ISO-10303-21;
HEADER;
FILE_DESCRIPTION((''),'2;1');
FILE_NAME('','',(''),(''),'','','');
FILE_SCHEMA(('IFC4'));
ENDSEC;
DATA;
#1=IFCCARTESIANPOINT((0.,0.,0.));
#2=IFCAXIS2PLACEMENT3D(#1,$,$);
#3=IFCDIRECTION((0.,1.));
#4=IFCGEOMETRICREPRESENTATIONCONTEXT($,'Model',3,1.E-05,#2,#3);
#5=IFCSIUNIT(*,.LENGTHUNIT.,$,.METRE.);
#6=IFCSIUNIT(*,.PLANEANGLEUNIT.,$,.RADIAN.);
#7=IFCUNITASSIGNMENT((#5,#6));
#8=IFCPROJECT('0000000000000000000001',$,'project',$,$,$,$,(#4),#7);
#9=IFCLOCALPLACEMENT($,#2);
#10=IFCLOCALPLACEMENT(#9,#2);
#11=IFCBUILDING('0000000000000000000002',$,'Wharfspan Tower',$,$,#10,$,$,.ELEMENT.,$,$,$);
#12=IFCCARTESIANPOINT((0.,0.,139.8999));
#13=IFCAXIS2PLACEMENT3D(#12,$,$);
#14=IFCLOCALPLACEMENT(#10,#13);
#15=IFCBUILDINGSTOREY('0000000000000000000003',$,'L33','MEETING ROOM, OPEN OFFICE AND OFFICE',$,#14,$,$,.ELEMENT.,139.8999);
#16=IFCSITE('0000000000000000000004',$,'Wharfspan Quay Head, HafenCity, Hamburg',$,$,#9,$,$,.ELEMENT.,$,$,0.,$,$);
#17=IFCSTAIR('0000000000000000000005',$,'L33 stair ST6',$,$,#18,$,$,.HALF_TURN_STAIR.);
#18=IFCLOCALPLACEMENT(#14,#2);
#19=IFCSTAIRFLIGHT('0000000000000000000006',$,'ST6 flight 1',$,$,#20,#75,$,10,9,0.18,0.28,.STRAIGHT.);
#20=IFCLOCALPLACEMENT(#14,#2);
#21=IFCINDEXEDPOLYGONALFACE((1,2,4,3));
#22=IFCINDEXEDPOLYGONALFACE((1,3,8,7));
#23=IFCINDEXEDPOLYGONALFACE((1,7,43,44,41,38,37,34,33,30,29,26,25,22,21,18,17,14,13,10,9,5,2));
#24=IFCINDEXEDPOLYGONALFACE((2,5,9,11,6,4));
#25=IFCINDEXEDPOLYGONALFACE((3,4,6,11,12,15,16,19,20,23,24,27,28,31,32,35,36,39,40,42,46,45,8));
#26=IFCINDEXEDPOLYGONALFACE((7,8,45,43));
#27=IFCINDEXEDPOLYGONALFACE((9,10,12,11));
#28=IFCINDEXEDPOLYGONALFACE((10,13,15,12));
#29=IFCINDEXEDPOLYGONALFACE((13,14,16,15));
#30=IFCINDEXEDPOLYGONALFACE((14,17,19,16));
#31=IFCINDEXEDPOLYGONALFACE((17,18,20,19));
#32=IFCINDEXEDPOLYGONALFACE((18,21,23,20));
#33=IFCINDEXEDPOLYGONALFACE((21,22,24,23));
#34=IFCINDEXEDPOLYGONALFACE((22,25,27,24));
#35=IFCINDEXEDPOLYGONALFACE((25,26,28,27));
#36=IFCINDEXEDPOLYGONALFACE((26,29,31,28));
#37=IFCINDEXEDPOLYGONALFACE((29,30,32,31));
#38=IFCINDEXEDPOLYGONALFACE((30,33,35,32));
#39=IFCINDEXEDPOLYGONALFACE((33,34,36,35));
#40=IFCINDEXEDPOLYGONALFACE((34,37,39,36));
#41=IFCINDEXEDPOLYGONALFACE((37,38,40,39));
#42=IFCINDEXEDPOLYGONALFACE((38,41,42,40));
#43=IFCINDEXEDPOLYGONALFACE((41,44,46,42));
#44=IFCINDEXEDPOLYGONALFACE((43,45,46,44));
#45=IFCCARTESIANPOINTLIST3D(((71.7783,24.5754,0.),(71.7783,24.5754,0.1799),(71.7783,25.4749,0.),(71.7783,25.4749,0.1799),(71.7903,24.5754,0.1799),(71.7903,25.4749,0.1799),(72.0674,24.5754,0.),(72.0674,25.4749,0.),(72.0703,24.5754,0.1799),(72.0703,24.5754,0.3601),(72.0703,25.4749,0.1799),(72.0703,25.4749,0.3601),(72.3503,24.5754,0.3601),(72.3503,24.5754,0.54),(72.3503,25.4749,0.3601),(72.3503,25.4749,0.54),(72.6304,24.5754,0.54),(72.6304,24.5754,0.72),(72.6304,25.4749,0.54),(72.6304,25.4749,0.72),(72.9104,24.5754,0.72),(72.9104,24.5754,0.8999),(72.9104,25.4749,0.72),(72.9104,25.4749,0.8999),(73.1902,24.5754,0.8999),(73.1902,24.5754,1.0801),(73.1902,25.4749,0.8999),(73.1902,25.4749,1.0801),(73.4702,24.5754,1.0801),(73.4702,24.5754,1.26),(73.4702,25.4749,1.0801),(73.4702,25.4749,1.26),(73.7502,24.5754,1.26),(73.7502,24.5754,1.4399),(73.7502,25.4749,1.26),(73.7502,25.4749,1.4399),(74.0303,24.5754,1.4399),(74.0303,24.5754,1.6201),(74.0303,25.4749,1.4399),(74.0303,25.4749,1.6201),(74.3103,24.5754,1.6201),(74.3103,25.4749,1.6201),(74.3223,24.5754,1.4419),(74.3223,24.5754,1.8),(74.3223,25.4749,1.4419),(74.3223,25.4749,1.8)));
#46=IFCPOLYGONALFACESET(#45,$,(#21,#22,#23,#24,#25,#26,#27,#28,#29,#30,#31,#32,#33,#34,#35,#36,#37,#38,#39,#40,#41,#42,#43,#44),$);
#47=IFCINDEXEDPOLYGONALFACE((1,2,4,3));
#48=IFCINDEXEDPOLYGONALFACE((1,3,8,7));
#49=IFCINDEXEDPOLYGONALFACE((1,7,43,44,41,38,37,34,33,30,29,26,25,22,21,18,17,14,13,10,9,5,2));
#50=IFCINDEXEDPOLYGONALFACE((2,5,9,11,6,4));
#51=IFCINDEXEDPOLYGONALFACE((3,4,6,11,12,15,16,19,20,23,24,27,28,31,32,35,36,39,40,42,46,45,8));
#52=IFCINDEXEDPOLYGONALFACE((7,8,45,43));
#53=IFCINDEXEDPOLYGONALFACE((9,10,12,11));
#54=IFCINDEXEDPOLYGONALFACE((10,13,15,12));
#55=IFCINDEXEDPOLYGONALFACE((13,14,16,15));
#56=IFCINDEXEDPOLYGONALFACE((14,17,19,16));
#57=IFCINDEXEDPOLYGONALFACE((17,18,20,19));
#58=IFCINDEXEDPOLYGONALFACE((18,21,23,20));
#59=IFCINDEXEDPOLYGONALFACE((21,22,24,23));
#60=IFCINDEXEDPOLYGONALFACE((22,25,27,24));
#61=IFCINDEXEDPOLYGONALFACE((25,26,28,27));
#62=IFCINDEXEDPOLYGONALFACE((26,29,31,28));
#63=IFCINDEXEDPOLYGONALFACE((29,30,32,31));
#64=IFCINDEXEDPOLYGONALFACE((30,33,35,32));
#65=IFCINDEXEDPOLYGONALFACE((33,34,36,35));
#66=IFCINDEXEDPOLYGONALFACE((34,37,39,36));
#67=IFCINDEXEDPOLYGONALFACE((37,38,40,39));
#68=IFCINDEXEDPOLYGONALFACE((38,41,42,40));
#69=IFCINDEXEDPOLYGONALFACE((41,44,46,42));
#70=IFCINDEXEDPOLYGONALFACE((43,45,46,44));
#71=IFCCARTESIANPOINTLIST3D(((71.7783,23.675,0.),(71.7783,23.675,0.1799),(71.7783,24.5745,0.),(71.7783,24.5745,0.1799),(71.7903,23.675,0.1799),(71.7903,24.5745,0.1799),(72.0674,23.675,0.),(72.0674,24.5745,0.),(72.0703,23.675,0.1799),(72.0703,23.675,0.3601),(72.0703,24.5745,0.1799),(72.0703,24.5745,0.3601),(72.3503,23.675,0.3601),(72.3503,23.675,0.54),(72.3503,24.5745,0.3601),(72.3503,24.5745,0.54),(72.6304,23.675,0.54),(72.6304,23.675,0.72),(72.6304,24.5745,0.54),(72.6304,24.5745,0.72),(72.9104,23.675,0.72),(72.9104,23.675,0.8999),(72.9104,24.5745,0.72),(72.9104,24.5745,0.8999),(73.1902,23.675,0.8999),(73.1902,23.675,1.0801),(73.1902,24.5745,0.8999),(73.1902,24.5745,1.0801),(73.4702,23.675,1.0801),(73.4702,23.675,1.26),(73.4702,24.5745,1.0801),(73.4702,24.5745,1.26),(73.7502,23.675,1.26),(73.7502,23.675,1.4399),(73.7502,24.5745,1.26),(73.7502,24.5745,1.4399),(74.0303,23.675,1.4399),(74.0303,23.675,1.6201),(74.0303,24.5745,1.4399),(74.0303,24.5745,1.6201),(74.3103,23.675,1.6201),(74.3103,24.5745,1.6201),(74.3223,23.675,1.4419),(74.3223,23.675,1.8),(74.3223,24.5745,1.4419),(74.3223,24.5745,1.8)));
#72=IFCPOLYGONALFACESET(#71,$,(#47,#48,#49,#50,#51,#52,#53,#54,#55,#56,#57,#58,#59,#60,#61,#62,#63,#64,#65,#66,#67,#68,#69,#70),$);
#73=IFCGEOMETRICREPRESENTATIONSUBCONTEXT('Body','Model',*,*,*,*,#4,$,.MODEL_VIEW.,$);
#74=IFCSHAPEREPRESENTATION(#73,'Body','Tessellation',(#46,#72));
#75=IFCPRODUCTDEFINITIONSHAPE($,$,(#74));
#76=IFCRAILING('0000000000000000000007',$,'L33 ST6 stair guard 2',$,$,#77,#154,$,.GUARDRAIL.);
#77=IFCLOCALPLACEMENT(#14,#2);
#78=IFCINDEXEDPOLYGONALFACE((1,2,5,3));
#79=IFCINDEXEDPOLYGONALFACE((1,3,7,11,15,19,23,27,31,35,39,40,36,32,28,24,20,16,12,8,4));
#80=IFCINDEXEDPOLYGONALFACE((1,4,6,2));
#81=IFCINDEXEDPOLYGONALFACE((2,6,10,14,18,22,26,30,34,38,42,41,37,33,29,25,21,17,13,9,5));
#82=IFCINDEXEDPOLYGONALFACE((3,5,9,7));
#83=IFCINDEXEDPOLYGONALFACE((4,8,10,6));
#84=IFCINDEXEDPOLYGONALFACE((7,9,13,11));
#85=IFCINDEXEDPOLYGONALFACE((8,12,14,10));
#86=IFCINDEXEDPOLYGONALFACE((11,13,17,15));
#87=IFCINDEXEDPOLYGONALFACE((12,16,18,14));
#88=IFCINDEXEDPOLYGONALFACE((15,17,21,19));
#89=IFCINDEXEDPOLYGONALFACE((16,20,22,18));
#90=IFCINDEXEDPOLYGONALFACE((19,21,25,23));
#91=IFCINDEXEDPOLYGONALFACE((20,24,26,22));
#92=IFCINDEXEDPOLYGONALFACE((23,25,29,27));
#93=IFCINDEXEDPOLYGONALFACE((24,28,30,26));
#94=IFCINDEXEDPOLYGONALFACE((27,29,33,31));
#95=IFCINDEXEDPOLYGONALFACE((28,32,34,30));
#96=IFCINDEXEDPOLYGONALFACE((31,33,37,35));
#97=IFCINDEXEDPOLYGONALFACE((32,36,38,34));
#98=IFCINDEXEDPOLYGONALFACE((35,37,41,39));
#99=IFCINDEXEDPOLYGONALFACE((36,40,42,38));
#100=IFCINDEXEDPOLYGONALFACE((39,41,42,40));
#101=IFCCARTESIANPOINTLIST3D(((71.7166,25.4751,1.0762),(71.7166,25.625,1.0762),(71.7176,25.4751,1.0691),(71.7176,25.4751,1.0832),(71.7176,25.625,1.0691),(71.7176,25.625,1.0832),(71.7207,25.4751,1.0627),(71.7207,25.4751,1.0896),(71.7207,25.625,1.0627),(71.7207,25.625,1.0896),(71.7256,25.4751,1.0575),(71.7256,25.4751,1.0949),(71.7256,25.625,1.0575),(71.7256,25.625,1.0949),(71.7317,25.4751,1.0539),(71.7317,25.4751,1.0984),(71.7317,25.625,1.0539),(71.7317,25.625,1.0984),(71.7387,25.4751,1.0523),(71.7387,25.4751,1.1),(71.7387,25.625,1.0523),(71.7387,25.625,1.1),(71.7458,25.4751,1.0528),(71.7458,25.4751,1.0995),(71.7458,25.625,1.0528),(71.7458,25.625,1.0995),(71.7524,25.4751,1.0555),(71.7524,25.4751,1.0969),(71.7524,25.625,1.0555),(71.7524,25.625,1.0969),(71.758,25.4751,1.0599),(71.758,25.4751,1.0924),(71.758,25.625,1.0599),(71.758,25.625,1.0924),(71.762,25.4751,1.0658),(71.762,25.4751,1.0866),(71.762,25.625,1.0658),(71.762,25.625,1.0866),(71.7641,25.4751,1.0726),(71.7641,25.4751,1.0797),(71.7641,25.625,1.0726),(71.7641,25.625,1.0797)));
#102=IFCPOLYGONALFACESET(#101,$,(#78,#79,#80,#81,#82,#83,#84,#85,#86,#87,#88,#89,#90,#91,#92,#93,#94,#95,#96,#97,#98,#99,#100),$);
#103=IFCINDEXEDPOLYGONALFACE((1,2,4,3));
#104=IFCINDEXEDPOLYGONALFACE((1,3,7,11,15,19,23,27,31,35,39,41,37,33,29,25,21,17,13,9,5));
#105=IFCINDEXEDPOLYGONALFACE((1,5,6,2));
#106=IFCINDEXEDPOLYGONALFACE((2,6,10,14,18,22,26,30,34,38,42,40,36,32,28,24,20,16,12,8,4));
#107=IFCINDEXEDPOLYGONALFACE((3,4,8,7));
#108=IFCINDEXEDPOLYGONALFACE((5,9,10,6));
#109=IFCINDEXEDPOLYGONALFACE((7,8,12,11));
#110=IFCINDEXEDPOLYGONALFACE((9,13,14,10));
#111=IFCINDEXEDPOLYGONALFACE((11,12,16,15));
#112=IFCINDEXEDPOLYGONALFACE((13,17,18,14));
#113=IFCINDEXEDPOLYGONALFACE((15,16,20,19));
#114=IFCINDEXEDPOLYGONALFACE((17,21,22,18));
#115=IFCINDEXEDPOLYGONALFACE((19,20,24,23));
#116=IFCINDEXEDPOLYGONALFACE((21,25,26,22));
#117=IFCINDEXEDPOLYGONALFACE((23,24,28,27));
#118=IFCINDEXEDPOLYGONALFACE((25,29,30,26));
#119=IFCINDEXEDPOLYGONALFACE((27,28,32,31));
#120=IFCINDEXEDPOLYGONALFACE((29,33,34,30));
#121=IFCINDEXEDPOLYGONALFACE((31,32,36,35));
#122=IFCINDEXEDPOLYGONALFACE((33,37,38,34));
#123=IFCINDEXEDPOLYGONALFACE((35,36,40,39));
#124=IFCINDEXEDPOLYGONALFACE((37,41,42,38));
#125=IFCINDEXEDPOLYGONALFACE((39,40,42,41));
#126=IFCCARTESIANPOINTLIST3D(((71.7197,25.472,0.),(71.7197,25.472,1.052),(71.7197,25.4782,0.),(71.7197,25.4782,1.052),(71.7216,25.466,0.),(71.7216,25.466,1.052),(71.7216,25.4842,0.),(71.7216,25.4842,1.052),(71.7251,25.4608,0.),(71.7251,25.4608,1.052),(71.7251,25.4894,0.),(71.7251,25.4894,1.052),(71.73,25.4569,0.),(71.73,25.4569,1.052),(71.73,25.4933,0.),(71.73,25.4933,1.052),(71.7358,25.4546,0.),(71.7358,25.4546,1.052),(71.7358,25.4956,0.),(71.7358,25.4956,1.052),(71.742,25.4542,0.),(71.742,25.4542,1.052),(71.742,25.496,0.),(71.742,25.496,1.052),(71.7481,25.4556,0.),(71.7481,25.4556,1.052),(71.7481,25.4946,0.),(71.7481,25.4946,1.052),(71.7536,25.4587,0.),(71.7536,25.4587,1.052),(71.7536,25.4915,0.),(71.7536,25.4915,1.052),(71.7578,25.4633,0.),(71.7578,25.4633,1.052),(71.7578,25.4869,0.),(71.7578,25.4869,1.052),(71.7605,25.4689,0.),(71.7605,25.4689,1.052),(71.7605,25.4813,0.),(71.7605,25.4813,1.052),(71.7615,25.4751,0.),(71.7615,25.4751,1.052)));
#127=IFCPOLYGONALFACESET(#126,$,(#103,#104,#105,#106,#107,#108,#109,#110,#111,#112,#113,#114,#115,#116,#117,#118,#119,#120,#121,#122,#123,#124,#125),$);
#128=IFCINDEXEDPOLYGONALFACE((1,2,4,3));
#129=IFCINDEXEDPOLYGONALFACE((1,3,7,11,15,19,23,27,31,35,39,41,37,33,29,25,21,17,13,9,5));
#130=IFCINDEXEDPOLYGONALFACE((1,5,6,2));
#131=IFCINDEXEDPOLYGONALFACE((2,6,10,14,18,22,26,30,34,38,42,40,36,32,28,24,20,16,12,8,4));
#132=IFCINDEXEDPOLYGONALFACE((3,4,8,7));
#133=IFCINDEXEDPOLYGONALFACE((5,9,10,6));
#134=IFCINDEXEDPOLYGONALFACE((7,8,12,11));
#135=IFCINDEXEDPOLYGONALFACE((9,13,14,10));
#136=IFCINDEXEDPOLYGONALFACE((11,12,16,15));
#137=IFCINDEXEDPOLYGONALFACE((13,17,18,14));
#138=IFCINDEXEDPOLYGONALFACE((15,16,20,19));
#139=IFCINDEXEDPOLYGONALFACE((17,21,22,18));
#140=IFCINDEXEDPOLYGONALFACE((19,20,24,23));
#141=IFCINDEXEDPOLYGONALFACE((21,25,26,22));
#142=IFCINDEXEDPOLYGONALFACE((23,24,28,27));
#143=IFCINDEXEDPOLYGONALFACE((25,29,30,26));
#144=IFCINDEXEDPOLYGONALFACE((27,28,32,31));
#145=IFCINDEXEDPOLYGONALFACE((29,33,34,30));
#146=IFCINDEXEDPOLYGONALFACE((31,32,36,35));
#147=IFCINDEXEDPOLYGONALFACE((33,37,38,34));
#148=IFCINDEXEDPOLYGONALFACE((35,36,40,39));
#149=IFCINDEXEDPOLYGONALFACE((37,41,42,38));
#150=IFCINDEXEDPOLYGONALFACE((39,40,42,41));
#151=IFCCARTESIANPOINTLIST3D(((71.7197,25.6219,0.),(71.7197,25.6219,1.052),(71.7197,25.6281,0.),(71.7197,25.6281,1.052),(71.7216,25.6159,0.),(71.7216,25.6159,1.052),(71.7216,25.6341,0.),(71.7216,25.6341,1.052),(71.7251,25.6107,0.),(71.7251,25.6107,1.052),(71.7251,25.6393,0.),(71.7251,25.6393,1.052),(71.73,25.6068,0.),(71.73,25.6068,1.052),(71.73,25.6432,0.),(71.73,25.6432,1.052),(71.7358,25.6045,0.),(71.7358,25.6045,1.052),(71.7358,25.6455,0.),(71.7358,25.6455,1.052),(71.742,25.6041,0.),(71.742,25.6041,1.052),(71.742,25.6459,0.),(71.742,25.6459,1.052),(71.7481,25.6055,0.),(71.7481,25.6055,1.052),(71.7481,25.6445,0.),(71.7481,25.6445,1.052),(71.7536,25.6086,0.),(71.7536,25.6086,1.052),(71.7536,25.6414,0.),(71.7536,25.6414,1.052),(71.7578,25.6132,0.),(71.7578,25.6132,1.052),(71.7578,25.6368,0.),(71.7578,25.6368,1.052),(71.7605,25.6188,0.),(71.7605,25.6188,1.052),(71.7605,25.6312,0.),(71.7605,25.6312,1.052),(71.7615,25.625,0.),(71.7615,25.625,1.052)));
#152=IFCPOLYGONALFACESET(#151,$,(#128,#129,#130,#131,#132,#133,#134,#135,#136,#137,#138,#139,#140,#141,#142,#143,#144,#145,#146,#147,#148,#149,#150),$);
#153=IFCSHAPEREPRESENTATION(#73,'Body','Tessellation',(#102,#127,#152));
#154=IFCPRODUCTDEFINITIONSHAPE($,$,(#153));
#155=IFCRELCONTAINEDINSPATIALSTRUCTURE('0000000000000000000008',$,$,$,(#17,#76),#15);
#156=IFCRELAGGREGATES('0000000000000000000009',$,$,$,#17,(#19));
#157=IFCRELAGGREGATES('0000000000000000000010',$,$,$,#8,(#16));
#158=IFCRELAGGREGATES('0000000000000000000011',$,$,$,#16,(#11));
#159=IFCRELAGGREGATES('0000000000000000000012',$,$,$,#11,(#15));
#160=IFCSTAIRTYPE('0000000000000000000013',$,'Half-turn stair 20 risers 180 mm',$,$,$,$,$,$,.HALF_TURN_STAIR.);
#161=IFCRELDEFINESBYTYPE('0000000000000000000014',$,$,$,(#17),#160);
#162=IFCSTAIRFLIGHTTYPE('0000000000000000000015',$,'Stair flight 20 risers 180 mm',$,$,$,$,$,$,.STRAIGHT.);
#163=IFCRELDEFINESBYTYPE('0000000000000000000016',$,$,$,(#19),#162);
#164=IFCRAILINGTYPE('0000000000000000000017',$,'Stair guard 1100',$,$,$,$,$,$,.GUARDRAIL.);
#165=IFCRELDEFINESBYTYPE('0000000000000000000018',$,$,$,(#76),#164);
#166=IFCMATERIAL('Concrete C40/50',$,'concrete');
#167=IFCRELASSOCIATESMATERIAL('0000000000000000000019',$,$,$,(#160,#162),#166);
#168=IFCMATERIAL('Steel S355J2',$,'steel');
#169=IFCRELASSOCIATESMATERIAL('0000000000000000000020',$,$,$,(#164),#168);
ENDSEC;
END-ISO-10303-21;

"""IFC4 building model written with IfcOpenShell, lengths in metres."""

from ifc_helpers import new_model, si_unit, direction, frame, origin, origin_2d, place, context, subcontext, project, spatial, polyline, circle, outline, extrude, material, type_object, element, aggregate, save


model = new_model("IFC4")

# Units and contexts
model_context = context("Model", 3, precision=1e-05, world=origin(), true_north=direction((0.0, 1.0)))
body_context = subcontext(model_context, "Body", "Model", "MODEL_VIEW")
ifc_project = project(units=[si_unit("LENGTHUNIT", "METRE"), si_unit("PLANEANGLEUNIT", "RADIAN")], contexts=[model_context])

# Site, building, storey
site_placement = place(None, origin())
site = spatial("IfcSite", under=ifc_project, at=site_placement, Name="Wharfspan Quay Head, HafenCity, Hamburg", CompositionType="ELEMENT", RefElevation=0.0)
building_placement = place(site_placement, origin())
building = spatial("IfcBuilding", under=site, at=building_placement, Name="Wharfspan Tower", CompositionType="ELEMENT")
storey_placement = place(building_placement, frame((0.0, 0.0, 139.8999)))
storey = spatial("IfcBuildingStorey", under=building, at=storey_placement, Name="L33", Description="MEETING ROOM, OPEN OFFICE AND OFFICE", CompositionType="ELEMENT", Elevation=139.8999)

# Shared definitions
ifc_material_1 = material(Name="Steel S355J2", Category="steel")

# Shared definitions
ifc_material_2 = material(Name="Concrete C40/50", Category="concrete")

# Stair, stair flight
stair_type = type_object("IfcStairType", Name="Half-turn stair 20 risers 180 mm", PredefinedType="HALF_TURN_STAIR", material=ifc_material_2)
stair_placement = place(storey_placement, origin())
stair = element("IfcStair", 1, at=stair_placement, inside=storey, type_object=stair_type, Name="L33 stair ST6", PredefinedType="HALF_TURN_STAIR")
stair_flight_type = type_object("IfcStairFlightType", Name="Stair flight 20 risers 180 mm", PredefinedType="STRAIGHT", material=ifc_material_2)
stair_flight_placement = place(storey_placement, frame((71.7903, 24.575, 0.0), z_axis=(0.0, 0.0, 1.0), x_axis=(1.0, 0.0, 0.0)))
stair_flight = element("IfcStairFlight", 2, at=stair_flight_placement, type_object=stair_flight_type, Name="ST6 flight 1", NumberOfRisers=10, NumberOfTreads=9, PredefinedType="STRAIGHT", RiserHeight=0.18, TreadLength=0.28, context=body_context, shape_type="SweptSolid", body=[
    extrude(outline(polyline([(-0.012, 0.0), (-0.012, 0.1799), (0.0, 0.1799), (0.28, 0.1799), (0.28, 0.3601), (0.5601, 0.3601), (0.5601, 0.54), (0.8401, 0.54), (0.8401, 0.72), (1.1201, 0.72), (1.1201, 0.8999), (1.3999, 0.8999), (1.3999, 1.0801), (1.6799, 1.0801), (1.6799, 1.26), (1.96, 1.26), (1.96, 1.4399), (2.24, 1.4399), (2.24, 1.6201), (2.52, 1.6201), (2.532, 1.8), (2.532, 1.4419), (0.2771, 0.0), (-0.012, 0.0)])), frame((0.0, 0.8999, 0.0), z_axis=(0.0, -1.0, 0.0), x_axis=(1.0, 0.0, 0.0)), (0.0, 0.0, 1.0), 0.8994),
    extrude(outline(polyline([(-0.012, 0.0), (-0.012, 0.1799), (0.0, 0.1799), (0.28, 0.1799), (0.28, 0.3601), (0.5601, 0.3601), (0.5601, 0.54), (0.8401, 0.54), (0.8401, 0.72), (1.1201, 0.72), (1.1201, 0.8999), (1.3999, 0.8999), (1.3999, 1.0801), (1.6799, 1.0801), (1.6799, 1.26), (1.96, 1.26), (1.96, 1.4399), (2.24, 1.4399), (2.24, 1.6201), (2.52, 1.6201), (2.532, 1.8), (2.532, 1.4419), (0.2771, 0.0), (-0.012, 0.0)])), frame((0.0, -0.0005, 0.0), z_axis=(0.0, -1.0, 0.0), x_axis=(1.0, 0.0, 0.0)), (0.0, 0.0, 1.0), 0.8994),
])
aggregate(stair, [stair_flight])

# Railing
railing_type_1 = type_object("IfcRailingType", Name="Stair guard 1100", PredefinedType="GUARDRAIL", material=ifc_material_1)
railing_1_placement = place(storey_placement, frame((71.7405, 25.4751, 0.0)))
element("IfcRailing", 3, at=railing_1_placement, inside=storey, type_object=railing_type_1, Name="L33 ST6 stair guard 2", PredefinedType="GUARDRAIL", context=body_context, shape_type="SweptSolid", body=[
    extrude(circle(Radius=0.0239, at=origin_2d()), frame((0.0, 0.0, 1.0762), z_axis=(0.0, 1.0, 0.0), x_axis=(-1.0, 0.0, 0.0)), (0.0, 0.0, 1.0), 0.1499),
    extrude(circle(Radius=0.021, at=origin_2d()), origin(), (0.0, 0.0, 1.0), 1.052),
    extrude(circle(Radius=0.021, at=origin_2d()), frame((0.0, 0.1499, 0.0)), (0.0, 0.0, 1.0), 1.052),
])

save(model, "model.ifc")
